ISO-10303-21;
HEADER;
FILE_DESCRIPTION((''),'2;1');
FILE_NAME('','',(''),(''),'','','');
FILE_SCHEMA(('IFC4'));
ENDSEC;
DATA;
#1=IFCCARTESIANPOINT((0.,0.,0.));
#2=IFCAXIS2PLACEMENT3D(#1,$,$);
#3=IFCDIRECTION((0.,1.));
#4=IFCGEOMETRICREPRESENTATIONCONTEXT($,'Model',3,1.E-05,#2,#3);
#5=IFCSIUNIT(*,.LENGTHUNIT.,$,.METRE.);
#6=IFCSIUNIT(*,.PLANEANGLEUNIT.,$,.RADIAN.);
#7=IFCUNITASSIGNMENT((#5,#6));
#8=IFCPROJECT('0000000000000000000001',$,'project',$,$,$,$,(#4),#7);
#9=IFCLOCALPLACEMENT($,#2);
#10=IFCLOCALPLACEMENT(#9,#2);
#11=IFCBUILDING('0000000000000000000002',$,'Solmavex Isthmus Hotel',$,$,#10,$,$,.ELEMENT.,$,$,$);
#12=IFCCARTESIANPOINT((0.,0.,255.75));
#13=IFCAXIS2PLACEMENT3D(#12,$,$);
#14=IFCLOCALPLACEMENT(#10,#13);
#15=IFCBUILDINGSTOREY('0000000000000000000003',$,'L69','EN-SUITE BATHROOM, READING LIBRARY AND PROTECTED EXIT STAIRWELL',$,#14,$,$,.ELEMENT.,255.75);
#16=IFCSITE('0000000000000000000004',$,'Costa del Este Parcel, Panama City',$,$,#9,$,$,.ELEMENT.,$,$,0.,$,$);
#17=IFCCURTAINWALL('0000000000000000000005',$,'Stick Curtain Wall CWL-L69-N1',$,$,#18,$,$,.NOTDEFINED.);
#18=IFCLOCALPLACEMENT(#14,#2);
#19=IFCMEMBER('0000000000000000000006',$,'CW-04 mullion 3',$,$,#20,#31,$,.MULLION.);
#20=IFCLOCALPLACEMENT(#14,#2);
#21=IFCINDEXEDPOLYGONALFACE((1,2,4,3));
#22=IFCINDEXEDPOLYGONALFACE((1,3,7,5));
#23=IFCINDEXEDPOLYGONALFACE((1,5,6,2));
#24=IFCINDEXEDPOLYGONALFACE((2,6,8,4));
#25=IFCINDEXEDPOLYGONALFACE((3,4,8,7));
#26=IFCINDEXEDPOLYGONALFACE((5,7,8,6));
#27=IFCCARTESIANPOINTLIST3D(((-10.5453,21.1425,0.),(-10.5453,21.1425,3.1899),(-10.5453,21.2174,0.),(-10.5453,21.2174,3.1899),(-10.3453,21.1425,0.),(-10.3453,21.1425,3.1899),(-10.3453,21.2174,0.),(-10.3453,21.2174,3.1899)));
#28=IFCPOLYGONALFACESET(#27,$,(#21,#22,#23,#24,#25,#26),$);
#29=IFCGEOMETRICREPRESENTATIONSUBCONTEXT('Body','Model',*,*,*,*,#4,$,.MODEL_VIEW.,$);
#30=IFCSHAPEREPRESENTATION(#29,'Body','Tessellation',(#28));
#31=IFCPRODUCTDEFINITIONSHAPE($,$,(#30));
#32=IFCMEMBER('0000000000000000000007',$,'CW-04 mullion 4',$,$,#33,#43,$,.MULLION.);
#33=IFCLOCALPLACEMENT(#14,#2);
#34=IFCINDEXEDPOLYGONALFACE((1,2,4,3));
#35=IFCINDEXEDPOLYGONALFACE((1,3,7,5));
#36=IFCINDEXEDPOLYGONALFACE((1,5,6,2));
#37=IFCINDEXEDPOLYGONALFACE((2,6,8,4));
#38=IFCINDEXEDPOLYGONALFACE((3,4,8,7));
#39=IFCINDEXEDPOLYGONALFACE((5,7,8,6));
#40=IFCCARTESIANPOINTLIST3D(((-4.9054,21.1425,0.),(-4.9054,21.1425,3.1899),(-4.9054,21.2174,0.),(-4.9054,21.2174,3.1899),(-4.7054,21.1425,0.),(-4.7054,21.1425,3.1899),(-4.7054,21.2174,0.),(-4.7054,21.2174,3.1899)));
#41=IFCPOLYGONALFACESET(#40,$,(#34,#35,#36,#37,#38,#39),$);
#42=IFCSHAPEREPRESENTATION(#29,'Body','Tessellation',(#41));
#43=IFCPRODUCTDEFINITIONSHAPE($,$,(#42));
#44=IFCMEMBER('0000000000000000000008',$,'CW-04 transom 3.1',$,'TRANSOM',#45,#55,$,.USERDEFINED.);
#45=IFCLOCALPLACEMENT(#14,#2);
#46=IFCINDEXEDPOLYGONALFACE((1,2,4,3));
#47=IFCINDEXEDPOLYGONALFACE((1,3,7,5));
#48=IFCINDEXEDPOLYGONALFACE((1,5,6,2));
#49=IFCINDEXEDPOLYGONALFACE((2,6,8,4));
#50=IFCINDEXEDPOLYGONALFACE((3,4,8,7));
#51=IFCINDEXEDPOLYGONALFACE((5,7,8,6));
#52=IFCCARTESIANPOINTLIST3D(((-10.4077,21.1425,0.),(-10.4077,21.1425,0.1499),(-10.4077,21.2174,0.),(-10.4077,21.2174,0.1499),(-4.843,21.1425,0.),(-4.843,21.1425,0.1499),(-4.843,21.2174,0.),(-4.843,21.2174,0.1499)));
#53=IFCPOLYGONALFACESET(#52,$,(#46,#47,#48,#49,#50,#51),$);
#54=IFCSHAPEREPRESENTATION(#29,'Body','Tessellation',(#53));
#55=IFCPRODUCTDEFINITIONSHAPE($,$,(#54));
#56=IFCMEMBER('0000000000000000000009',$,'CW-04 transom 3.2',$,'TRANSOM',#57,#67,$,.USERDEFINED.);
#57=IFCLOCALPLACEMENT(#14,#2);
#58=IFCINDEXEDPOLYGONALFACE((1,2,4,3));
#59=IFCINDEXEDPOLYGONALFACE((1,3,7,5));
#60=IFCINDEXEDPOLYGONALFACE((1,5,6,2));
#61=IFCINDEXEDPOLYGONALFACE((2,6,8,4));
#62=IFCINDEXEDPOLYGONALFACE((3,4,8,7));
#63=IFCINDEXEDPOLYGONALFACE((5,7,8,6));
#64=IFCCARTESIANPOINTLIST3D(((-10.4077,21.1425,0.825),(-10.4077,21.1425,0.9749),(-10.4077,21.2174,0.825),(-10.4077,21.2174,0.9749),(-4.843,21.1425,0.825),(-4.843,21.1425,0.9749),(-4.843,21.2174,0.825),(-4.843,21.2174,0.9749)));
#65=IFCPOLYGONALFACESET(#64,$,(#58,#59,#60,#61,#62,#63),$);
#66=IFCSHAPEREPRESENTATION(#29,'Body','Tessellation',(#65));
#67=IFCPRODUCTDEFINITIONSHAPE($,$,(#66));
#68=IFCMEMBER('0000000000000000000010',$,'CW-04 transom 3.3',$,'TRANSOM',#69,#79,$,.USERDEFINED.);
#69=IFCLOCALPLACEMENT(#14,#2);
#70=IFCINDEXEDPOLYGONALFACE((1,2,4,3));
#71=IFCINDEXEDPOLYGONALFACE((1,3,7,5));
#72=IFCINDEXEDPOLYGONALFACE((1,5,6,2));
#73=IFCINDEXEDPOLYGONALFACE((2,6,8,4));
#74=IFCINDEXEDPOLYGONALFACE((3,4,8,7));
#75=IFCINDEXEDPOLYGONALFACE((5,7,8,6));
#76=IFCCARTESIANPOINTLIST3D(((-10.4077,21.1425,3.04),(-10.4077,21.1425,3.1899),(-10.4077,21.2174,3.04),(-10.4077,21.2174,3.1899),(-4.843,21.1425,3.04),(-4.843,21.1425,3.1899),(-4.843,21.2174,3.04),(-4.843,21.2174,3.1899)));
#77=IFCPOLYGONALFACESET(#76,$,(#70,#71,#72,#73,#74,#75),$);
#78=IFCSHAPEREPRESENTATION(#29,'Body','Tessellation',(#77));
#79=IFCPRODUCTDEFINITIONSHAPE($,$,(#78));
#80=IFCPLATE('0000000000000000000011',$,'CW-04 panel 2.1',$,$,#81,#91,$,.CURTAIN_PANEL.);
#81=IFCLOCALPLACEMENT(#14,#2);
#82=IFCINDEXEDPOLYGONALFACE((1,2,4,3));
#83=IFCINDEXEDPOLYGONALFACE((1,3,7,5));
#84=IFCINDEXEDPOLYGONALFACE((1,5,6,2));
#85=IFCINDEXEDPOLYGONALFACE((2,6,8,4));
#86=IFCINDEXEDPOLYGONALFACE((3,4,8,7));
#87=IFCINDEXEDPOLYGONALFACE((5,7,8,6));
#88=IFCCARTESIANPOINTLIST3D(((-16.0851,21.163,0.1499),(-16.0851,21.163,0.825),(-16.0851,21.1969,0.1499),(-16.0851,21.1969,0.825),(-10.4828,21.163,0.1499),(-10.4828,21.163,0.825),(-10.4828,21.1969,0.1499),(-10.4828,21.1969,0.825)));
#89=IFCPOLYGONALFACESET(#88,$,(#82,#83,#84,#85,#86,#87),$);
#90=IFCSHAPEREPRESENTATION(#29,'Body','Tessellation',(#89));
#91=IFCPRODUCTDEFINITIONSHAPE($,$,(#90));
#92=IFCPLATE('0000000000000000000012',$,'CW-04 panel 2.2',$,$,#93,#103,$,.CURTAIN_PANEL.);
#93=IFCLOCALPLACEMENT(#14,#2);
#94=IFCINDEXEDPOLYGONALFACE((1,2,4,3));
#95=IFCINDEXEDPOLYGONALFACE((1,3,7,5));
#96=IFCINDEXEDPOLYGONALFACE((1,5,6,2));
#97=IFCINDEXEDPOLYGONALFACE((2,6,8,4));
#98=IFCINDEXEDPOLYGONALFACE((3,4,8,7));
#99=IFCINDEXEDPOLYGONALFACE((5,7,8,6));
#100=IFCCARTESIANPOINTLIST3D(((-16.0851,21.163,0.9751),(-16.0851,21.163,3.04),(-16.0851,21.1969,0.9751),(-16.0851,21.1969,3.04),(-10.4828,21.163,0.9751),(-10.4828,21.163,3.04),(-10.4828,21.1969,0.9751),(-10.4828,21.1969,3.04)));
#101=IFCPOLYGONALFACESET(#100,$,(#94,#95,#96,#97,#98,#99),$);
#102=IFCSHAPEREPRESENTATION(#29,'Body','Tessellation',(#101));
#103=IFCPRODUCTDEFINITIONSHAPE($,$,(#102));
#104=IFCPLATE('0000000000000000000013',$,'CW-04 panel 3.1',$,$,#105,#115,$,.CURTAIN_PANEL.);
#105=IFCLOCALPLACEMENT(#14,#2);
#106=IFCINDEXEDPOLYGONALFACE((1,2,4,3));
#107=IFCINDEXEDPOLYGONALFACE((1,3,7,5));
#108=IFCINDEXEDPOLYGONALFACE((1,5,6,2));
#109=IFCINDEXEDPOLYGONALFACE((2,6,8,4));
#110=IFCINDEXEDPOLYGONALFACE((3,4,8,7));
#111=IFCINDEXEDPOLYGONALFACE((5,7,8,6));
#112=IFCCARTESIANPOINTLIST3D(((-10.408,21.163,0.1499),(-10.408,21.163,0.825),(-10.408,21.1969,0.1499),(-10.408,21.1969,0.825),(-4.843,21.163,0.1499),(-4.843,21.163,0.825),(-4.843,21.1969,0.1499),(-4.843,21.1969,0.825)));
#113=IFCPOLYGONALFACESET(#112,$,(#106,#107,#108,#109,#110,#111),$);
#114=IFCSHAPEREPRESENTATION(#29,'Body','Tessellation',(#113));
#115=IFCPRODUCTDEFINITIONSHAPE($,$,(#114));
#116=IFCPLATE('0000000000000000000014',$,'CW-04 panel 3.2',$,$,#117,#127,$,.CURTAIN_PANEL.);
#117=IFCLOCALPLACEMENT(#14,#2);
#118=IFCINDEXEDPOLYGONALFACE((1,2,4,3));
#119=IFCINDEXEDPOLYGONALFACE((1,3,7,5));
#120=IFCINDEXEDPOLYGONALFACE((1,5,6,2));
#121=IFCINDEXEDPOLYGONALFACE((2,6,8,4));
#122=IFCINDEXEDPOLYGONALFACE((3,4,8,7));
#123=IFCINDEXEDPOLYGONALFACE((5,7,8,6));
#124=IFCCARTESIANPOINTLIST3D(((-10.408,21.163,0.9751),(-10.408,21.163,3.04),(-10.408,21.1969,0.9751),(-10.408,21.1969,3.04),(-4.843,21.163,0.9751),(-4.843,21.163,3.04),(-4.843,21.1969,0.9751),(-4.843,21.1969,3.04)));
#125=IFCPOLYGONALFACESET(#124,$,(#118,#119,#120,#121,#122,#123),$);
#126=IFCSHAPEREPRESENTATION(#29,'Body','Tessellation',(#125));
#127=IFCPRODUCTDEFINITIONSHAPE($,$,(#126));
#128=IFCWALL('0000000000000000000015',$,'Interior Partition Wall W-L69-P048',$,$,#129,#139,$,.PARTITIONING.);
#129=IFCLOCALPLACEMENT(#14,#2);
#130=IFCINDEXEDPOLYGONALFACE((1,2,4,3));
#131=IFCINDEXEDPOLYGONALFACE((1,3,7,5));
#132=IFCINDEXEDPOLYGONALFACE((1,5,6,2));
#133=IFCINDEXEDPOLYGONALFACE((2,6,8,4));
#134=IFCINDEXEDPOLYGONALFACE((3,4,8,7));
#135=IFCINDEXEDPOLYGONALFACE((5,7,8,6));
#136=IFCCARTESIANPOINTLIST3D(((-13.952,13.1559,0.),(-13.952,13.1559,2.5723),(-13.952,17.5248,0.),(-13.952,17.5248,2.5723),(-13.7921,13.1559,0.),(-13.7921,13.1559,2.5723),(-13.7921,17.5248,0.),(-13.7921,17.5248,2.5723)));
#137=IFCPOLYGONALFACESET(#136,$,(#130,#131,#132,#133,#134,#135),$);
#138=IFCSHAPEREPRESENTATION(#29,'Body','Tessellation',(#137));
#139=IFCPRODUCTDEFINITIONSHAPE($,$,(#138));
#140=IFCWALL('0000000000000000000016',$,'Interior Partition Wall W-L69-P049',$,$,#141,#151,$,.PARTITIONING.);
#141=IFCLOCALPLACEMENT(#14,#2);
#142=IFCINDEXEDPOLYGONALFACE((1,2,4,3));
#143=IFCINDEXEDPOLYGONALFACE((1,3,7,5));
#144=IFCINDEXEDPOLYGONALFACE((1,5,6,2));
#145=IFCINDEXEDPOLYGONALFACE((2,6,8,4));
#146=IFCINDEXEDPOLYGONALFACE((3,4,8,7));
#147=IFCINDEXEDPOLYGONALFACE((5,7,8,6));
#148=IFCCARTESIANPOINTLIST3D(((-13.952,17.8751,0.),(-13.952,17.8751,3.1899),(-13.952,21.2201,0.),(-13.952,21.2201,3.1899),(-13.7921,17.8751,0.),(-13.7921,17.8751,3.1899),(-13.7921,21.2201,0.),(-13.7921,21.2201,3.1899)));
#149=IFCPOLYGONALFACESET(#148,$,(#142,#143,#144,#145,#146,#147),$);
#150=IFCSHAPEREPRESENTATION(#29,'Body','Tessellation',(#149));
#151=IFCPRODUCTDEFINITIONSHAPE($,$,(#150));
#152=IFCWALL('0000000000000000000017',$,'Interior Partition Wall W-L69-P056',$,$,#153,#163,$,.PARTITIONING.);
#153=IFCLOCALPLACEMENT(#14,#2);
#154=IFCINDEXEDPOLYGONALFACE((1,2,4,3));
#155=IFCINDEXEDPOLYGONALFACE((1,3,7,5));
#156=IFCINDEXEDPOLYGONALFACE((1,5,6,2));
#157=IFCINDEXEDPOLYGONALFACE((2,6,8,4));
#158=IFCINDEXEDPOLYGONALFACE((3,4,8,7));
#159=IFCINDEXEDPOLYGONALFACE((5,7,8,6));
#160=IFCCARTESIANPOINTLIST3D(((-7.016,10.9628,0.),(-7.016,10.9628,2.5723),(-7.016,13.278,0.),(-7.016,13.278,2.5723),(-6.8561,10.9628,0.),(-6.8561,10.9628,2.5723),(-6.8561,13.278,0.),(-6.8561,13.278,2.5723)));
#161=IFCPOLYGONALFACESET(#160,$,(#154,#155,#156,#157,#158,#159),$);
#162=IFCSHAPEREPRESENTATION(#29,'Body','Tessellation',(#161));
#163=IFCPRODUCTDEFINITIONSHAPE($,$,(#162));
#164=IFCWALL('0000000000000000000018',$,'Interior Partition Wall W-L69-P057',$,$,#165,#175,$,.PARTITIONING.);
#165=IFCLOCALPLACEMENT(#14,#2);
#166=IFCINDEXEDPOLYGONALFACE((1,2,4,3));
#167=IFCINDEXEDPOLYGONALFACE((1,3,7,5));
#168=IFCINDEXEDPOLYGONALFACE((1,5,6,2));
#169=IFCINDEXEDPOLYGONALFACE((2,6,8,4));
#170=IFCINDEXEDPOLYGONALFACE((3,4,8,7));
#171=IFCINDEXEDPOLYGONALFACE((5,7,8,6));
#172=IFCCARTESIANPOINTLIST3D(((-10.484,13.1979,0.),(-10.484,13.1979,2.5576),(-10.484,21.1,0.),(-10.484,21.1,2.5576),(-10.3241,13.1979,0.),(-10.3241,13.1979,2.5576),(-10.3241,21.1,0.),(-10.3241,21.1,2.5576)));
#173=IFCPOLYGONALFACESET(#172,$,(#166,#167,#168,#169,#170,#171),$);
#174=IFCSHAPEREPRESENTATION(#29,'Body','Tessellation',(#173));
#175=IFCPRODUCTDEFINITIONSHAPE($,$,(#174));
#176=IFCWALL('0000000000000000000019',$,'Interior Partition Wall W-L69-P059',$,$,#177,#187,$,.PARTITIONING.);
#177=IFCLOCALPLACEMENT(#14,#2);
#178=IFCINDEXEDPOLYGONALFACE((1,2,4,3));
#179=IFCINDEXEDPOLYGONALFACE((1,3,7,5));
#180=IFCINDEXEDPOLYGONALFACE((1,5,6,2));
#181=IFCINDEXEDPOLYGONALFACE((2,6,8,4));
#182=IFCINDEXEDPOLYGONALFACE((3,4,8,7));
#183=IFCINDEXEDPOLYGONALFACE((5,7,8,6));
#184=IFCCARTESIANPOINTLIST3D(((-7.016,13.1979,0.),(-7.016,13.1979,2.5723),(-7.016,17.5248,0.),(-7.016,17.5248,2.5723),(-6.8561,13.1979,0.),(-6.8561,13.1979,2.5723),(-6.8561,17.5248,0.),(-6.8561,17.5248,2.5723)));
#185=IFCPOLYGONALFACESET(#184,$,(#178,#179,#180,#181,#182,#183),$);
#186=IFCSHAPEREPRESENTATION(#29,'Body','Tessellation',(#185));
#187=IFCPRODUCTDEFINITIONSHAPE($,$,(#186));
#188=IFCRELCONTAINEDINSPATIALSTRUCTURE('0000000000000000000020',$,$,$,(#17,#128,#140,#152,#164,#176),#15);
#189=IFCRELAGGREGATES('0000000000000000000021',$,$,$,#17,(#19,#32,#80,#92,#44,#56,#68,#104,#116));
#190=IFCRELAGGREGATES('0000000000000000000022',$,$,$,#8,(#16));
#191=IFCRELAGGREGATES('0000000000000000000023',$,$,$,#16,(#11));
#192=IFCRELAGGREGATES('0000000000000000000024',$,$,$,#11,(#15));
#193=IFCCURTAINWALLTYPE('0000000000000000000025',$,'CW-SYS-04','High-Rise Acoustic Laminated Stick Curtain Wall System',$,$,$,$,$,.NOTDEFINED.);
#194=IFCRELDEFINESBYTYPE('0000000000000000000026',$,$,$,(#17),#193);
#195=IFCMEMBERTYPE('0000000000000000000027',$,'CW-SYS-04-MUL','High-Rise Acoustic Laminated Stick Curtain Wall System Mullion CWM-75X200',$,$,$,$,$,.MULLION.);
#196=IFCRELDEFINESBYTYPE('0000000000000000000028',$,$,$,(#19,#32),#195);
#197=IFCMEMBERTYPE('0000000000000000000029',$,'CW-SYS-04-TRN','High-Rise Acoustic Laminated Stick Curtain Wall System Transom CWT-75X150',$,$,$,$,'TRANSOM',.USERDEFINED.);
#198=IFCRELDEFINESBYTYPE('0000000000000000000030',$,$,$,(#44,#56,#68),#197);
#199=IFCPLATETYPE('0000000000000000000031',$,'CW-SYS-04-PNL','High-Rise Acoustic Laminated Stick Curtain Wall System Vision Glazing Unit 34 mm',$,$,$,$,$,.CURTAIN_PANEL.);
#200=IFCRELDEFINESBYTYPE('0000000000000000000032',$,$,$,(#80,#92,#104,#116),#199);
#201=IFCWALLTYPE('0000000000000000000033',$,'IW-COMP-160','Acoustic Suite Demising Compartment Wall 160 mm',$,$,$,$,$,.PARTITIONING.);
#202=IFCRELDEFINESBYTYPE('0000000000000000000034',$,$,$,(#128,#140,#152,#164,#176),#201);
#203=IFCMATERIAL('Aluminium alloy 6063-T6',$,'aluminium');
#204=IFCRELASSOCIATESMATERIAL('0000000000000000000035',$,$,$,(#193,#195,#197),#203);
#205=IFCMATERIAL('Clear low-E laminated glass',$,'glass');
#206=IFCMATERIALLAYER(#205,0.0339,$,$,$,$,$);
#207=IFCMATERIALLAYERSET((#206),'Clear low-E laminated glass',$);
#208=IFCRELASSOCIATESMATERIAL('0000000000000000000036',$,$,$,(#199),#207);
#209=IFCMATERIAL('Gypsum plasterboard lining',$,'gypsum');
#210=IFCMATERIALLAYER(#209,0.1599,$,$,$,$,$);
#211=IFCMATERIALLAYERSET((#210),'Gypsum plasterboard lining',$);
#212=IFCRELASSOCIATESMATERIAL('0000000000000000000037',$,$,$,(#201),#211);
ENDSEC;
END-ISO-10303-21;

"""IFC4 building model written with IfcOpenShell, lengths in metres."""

from ifc_helpers import new_model, si_unit, direction, frame, frame_2d, origin, origin_2d, place, context, subcontext, project, spatial, rectangle, extrude, material, layer, layer_set, material_profile, profile_set, type_object, element, aggregate, save


model = new_model("IFC4")

# Units and contexts
model_context = context("Model", 3, precision=1e-05, world=origin(), true_north=direction((0.0, 1.0)))
body_context = subcontext(model_context, "Body", "Model", "MODEL_VIEW")
ifc_project = project(units=[si_unit("LENGTHUNIT", "METRE"), si_unit("PLANEANGLEUNIT", "RADIAN")], contexts=[model_context])

# Site, building, storey
site_placement = place(None, origin())
site = spatial("IfcSite", under=ifc_project, at=site_placement, Name="Costa del Este Parcel, Panama City", CompositionType="ELEMENT", RefElevation=0.0)
building_placement = place(site_placement, origin())
building = spatial("IfcBuilding", under=site, at=building_placement, Name="Solmavex Isthmus Hotel", CompositionType="ELEMENT")
storey_placement = place(building_placement, frame((0.0, 0.0, 255.75)))
storey = spatial("IfcBuildingStorey", under=building, at=storey_placement, Name="L69", Description="EN-SUITE BATHROOM, READING LIBRARY AND PROTECTED EXIT STAIRWELL", CompositionType="ELEMENT", Elevation=255.75)

# Curtain wall, members, plates
ifc_material_1 = material(Name="Aluminium alloy 6063-T6", Category="aluminium")
curtain_wall_type = type_object("IfcCurtainWallType", Name="CW-SYS-04", Description="High-Rise Acoustic Laminated Stick Curtain Wall System", PredefinedType="NOTDEFINED", material=ifc_material_1)
curtain_wall_placement = place(storey_placement, origin())
curtain_wall = element("IfcCurtainWall", 1, at=curtain_wall_placement, inside=storey, type_object=curtain_wall_type, Name="Stick Curtain Wall CWL-L69-N1", PredefinedType="NOTDEFINED")
ifc_material_profile_1 = material_profile(ifc_material_1, rectangle(XDim=0.075, YDim=0.2, at=origin_2d()), Name="CWM-75X200")
ifc_profile_set_1 = profile_set([ifc_material_profile_1], Name="Aluminium alloy 6063-T6")
member_type_1 = type_object("IfcMemberType", Name="CW-SYS-04-MUL", Description="High-Rise Acoustic Laminated Stick Curtain Wall System Mullion CWM-75X200", PredefinedType="MULLION", material=ifc_profile_set_1)
member_1_placement = place(storey_placement, frame((-10.4453, 21.1799, 0.0), z_axis=(0.0, 0.0, 1.0), x_axis=(0.0, 1.0, 0.0)))
member_1 = element("IfcMember", 2, at=member_1_placement, type_object=member_type_1, Name="CW-04 mullion 3", PredefinedType="MULLION", context=body_context, shape_type="SweptSolid", body=[
    extrude(rectangle(XDim=0.075, YDim=0.2, at=origin_2d()), origin(), (0.0, 0.0, 1.0), 3.1899),
])
member_2_placement = place(storey_placement, frame((-4.8054, 21.1799, 0.0), z_axis=(0.0, 0.0, 1.0), x_axis=(0.0, 1.0, 0.0)))
member_2 = element("IfcMember", 3, at=member_2_placement, type_object=member_type_1, Name="CW-04 mullion 4", PredefinedType="MULLION", context=body_context, shape_type="SweptSolid", body=[
    extrude(rectangle(XDim=0.075, YDim=0.2, at=origin_2d()), origin(), (0.0, 0.0, 1.0), 3.1899),
])
ifc_material_profile_2 = material_profile(ifc_material_1, rectangle(XDim=0.075, YDim=0.1499, at=origin_2d()), Name="CWT-75X150")
ifc_profile_set_2 = profile_set([ifc_material_profile_2], Name="Aluminium alloy 6063-T6")
member_type_2 = type_object("IfcMemberType", Name="CW-SYS-04-TRN", Description="High-Rise Acoustic Laminated Stick Curtain Wall System Transom CWT-75X150", ElementType="TRANSOM", PredefinedType="USERDEFINED", material=ifc_profile_set_2)
member_3_placement = place(storey_placement, frame((-10.4077, 21.1799, 0.075), z_axis=(1.0, 0.0, 0.0), x_axis=(0.0, 1.0, 0.0)))
member_3 = element("IfcMember", 4, at=member_3_placement, type_object=member_type_2, Name="CW-04 transom 3.1", ObjectType="TRANSOM", PredefinedType="USERDEFINED", context=body_context, shape_type="SweptSolid", body=[
    extrude(rectangle(XDim=0.075, YDim=0.1499, at=origin_2d()), origin(), (0.0, 0.0, 1.0), 5.5647),
])
member_4_placement = place(storey_placement, frame((-10.4077, 21.1799, 0.8999), z_axis=(1.0, 0.0, 0.0), x_axis=(0.0, 1.0, 0.0)))
member_4 = element("IfcMember", 5, at=member_4_placement, type_object=member_type_2, Name="CW-04 transom 3.2", ObjectType="TRANSOM", PredefinedType="USERDEFINED", context=body_context, shape_type="SweptSolid", body=[
    extrude(rectangle(XDim=0.075, YDim=0.1499, at=origin_2d()), origin(), (0.0, 0.0, 1.0), 5.5647),
])
member_5_placement = place(storey_placement, frame((-10.4077, 21.1799, 3.115), z_axis=(1.0, 0.0, 0.0), x_axis=(0.0, 1.0, 0.0)))
member_5 = element("IfcMember", 6, at=member_5_placement, type_object=member_type_2, Name="CW-04 transom 3.3", ObjectType="TRANSOM", PredefinedType="USERDEFINED", context=body_context, shape_type="SweptSolid", body=[
    extrude(rectangle(XDim=0.075, YDim=0.1499, at=origin_2d()), origin(), (0.0, 0.0, 1.0), 5.5647),
])
ifc_material_2 = material(Name="Clear low-E laminated glass", Category="glass")
ifc_layer_1 = layer(ifc_material_2, 0.0339)
ifc_layer_set_1 = layer_set([ifc_layer_1], Name="Clear low-E laminated glass")
plate_type = type_object("IfcPlateType", Name="CW-SYS-04-PNL", Description="High-Rise Acoustic Laminated Stick Curtain Wall System Vision Glazing Unit 34 mm", PredefinedType="CURTAIN_PANEL", material=ifc_layer_set_1)
plate_1_placement = place(storey_placement, frame((-13.2839, 21.1799, 0.1499), z_axis=(0.0, 0.0, 1.0), x_axis=(1.0, 0.0, 0.0)))
plate_1 = element("IfcPlate", 7, at=plate_1_placement, type_object=plate_type, Name="CW-04 panel 2.1", PredefinedType="CURTAIN_PANEL", context=body_context, shape_type="SweptSolid", body=[
    extrude(rectangle(XDim=5.6023, YDim=0.0339, at=origin_2d()), origin(), (0.0, 0.0, 1.0), 0.675),
])
plate_2_placement = place(storey_placement, frame((-13.2839, 21.1799, 0.9751), z_axis=(0.0, 0.0, 1.0), x_axis=(1.0, 0.0, 0.0)))
plate_2 = element("IfcPlate", 8, at=plate_2_placement, type_object=plate_type, Name="CW-04 panel 2.2", PredefinedType="CURTAIN_PANEL", context=body_context, shape_type="SweptSolid", body=[
    extrude(rectangle(XDim=5.6023, YDim=0.0339, at=origin_2d()), origin(), (0.0, 0.0, 1.0), 2.0649),
])
plate_3_placement = place(storey_placement, frame((-7.6255, 21.1799, 0.1499), z_axis=(0.0, 0.0, 1.0), x_axis=(1.0, 0.0, 0.0)))
plate_3 = element("IfcPlate", 9, at=plate_3_placement, type_object=plate_type, Name="CW-04 panel 3.1", PredefinedType="CURTAIN_PANEL", context=body_context, shape_type="SweptSolid", body=[
    extrude(rectangle(XDim=5.5649, YDim=0.0339, at=origin_2d()), origin(), (0.0, 0.0, 1.0), 0.675),
])
plate_4_placement = place(storey_placement, frame((-7.6255, 21.1799, 0.9751), z_axis=(0.0, 0.0, 1.0), x_axis=(1.0, 0.0, 0.0)))
plate_4 = element("IfcPlate", 10, at=plate_4_placement, type_object=plate_type, Name="CW-04 panel 3.2", PredefinedType="CURTAIN_PANEL", context=body_context, shape_type="SweptSolid", body=[
    extrude(rectangle(XDim=5.5649, YDim=0.0339, at=origin_2d()), origin(), (0.0, 0.0, 1.0), 2.0649),
])
aggregate(curtain_wall, [member_1, member_2, plate_1, plate_2, member_3, member_4, member_5, plate_3, plate_4])

# Walls
ifc_material_3 = material(Name="Gypsum plasterboard lining", Category="gypsum")
ifc_layer_2 = layer(ifc_material_3, 0.1599)
ifc_layer_set_2 = layer_set([ifc_layer_2], Name="Gypsum plasterboard lining")
wall_type_1 = type_object("IfcWallType", Name="IW-COMP-160", Description="Acoustic Suite Demising Compartment Wall 160 mm", PredefinedType="PARTITIONING", material=ifc_layer_set_2)
wall_1_placement = place(storey_placement, frame((-13.8721, 17.5249, 0.0), z_axis=(0.0, 0.0, 1.0), x_axis=(0.0, -1.0, 0.0)))
element("IfcWall", 11, at=wall_1_placement, inside=storey, type_object=wall_type_1, Name="Interior Partition Wall W-L69-P048", PredefinedType="PARTITIONING", context=body_context, shape_type="SweptSolid", body=[
    extrude(rectangle(XDim=4.3689, YDim=0.1599, at=frame_2d((2.1846, 0.0))), origin(), (0.0, 0.0, 1.0), 2.5723),
])
wall_2_placement = place(storey_placement, frame((-13.8721, 21.22, 0.0), z_axis=(0.0, 0.0, 1.0), x_axis=(0.0, -1.0, 0.0)))
element("IfcWall", 12, at=wall_2_placement, inside=storey, type_object=wall_type_1, Name="Interior Partition Wall W-L69-P049", PredefinedType="PARTITIONING", context=body_context, shape_type="SweptSolid", body=[
    extrude(rectangle(XDim=3.345, YDim=0.1599, at=frame_2d((1.6724, 0.0))), origin(), (0.0, 0.0, 1.0), 3.1899),
])
wall_3_placement = place(storey_placement, frame((-6.936, 13.2781, 0.0), z_axis=(0.0, 0.0, 1.0), x_axis=(0.0, -1.0, 0.0)))
element("IfcWall", 13, at=wall_3_placement, inside=storey, type_object=wall_type_1, Name="Interior Partition Wall W-L69-P056", PredefinedType="PARTITIONING", context=body_context, shape_type="SweptSolid", body=[
    extrude(rectangle(XDim=2.3152, YDim=0.1599, at=frame_2d((1.1577, 0.0))), origin(), (0.0, 0.0, 1.0), 2.5723),
])
wall_4_placement = place(storey_placement, frame((-10.4041, 21.1001, 0.0), z_axis=(0.0, 0.0, 1.0), x_axis=(0.0, -1.0, 0.0)))
element("IfcWall", 14, at=wall_4_placement, inside=storey, type_object=wall_type_1, Name="Interior Partition Wall W-L69-P057", PredefinedType="PARTITIONING", context=body_context, shape_type="SweptSolid", body=[
    extrude(rectangle(XDim=7.9021, YDim=0.1599, at=frame_2d((3.9512, 0.0))), origin(), (0.0, 0.0, 1.0), 2.5576),
])
wall_5_placement = place(storey_placement, frame((-6.936, 17.5249, 0.0), z_axis=(0.0, 0.0, 1.0), x_axis=(0.0, -1.0, 0.0)))
element("IfcWall", 15, at=wall_5_placement, inside=storey, type_object=wall_type_1, Name="Interior Partition Wall W-L69-P059", PredefinedType="PARTITIONING", context=body_context, shape_type="SweptSolid", body=[
    extrude(rectangle(XDim=4.3269, YDim=0.1599, at=frame_2d((2.1636, 0.0))), origin(), (0.0, 0.0, 1.0), 2.5723),
])

save(model, "model.ifc")
